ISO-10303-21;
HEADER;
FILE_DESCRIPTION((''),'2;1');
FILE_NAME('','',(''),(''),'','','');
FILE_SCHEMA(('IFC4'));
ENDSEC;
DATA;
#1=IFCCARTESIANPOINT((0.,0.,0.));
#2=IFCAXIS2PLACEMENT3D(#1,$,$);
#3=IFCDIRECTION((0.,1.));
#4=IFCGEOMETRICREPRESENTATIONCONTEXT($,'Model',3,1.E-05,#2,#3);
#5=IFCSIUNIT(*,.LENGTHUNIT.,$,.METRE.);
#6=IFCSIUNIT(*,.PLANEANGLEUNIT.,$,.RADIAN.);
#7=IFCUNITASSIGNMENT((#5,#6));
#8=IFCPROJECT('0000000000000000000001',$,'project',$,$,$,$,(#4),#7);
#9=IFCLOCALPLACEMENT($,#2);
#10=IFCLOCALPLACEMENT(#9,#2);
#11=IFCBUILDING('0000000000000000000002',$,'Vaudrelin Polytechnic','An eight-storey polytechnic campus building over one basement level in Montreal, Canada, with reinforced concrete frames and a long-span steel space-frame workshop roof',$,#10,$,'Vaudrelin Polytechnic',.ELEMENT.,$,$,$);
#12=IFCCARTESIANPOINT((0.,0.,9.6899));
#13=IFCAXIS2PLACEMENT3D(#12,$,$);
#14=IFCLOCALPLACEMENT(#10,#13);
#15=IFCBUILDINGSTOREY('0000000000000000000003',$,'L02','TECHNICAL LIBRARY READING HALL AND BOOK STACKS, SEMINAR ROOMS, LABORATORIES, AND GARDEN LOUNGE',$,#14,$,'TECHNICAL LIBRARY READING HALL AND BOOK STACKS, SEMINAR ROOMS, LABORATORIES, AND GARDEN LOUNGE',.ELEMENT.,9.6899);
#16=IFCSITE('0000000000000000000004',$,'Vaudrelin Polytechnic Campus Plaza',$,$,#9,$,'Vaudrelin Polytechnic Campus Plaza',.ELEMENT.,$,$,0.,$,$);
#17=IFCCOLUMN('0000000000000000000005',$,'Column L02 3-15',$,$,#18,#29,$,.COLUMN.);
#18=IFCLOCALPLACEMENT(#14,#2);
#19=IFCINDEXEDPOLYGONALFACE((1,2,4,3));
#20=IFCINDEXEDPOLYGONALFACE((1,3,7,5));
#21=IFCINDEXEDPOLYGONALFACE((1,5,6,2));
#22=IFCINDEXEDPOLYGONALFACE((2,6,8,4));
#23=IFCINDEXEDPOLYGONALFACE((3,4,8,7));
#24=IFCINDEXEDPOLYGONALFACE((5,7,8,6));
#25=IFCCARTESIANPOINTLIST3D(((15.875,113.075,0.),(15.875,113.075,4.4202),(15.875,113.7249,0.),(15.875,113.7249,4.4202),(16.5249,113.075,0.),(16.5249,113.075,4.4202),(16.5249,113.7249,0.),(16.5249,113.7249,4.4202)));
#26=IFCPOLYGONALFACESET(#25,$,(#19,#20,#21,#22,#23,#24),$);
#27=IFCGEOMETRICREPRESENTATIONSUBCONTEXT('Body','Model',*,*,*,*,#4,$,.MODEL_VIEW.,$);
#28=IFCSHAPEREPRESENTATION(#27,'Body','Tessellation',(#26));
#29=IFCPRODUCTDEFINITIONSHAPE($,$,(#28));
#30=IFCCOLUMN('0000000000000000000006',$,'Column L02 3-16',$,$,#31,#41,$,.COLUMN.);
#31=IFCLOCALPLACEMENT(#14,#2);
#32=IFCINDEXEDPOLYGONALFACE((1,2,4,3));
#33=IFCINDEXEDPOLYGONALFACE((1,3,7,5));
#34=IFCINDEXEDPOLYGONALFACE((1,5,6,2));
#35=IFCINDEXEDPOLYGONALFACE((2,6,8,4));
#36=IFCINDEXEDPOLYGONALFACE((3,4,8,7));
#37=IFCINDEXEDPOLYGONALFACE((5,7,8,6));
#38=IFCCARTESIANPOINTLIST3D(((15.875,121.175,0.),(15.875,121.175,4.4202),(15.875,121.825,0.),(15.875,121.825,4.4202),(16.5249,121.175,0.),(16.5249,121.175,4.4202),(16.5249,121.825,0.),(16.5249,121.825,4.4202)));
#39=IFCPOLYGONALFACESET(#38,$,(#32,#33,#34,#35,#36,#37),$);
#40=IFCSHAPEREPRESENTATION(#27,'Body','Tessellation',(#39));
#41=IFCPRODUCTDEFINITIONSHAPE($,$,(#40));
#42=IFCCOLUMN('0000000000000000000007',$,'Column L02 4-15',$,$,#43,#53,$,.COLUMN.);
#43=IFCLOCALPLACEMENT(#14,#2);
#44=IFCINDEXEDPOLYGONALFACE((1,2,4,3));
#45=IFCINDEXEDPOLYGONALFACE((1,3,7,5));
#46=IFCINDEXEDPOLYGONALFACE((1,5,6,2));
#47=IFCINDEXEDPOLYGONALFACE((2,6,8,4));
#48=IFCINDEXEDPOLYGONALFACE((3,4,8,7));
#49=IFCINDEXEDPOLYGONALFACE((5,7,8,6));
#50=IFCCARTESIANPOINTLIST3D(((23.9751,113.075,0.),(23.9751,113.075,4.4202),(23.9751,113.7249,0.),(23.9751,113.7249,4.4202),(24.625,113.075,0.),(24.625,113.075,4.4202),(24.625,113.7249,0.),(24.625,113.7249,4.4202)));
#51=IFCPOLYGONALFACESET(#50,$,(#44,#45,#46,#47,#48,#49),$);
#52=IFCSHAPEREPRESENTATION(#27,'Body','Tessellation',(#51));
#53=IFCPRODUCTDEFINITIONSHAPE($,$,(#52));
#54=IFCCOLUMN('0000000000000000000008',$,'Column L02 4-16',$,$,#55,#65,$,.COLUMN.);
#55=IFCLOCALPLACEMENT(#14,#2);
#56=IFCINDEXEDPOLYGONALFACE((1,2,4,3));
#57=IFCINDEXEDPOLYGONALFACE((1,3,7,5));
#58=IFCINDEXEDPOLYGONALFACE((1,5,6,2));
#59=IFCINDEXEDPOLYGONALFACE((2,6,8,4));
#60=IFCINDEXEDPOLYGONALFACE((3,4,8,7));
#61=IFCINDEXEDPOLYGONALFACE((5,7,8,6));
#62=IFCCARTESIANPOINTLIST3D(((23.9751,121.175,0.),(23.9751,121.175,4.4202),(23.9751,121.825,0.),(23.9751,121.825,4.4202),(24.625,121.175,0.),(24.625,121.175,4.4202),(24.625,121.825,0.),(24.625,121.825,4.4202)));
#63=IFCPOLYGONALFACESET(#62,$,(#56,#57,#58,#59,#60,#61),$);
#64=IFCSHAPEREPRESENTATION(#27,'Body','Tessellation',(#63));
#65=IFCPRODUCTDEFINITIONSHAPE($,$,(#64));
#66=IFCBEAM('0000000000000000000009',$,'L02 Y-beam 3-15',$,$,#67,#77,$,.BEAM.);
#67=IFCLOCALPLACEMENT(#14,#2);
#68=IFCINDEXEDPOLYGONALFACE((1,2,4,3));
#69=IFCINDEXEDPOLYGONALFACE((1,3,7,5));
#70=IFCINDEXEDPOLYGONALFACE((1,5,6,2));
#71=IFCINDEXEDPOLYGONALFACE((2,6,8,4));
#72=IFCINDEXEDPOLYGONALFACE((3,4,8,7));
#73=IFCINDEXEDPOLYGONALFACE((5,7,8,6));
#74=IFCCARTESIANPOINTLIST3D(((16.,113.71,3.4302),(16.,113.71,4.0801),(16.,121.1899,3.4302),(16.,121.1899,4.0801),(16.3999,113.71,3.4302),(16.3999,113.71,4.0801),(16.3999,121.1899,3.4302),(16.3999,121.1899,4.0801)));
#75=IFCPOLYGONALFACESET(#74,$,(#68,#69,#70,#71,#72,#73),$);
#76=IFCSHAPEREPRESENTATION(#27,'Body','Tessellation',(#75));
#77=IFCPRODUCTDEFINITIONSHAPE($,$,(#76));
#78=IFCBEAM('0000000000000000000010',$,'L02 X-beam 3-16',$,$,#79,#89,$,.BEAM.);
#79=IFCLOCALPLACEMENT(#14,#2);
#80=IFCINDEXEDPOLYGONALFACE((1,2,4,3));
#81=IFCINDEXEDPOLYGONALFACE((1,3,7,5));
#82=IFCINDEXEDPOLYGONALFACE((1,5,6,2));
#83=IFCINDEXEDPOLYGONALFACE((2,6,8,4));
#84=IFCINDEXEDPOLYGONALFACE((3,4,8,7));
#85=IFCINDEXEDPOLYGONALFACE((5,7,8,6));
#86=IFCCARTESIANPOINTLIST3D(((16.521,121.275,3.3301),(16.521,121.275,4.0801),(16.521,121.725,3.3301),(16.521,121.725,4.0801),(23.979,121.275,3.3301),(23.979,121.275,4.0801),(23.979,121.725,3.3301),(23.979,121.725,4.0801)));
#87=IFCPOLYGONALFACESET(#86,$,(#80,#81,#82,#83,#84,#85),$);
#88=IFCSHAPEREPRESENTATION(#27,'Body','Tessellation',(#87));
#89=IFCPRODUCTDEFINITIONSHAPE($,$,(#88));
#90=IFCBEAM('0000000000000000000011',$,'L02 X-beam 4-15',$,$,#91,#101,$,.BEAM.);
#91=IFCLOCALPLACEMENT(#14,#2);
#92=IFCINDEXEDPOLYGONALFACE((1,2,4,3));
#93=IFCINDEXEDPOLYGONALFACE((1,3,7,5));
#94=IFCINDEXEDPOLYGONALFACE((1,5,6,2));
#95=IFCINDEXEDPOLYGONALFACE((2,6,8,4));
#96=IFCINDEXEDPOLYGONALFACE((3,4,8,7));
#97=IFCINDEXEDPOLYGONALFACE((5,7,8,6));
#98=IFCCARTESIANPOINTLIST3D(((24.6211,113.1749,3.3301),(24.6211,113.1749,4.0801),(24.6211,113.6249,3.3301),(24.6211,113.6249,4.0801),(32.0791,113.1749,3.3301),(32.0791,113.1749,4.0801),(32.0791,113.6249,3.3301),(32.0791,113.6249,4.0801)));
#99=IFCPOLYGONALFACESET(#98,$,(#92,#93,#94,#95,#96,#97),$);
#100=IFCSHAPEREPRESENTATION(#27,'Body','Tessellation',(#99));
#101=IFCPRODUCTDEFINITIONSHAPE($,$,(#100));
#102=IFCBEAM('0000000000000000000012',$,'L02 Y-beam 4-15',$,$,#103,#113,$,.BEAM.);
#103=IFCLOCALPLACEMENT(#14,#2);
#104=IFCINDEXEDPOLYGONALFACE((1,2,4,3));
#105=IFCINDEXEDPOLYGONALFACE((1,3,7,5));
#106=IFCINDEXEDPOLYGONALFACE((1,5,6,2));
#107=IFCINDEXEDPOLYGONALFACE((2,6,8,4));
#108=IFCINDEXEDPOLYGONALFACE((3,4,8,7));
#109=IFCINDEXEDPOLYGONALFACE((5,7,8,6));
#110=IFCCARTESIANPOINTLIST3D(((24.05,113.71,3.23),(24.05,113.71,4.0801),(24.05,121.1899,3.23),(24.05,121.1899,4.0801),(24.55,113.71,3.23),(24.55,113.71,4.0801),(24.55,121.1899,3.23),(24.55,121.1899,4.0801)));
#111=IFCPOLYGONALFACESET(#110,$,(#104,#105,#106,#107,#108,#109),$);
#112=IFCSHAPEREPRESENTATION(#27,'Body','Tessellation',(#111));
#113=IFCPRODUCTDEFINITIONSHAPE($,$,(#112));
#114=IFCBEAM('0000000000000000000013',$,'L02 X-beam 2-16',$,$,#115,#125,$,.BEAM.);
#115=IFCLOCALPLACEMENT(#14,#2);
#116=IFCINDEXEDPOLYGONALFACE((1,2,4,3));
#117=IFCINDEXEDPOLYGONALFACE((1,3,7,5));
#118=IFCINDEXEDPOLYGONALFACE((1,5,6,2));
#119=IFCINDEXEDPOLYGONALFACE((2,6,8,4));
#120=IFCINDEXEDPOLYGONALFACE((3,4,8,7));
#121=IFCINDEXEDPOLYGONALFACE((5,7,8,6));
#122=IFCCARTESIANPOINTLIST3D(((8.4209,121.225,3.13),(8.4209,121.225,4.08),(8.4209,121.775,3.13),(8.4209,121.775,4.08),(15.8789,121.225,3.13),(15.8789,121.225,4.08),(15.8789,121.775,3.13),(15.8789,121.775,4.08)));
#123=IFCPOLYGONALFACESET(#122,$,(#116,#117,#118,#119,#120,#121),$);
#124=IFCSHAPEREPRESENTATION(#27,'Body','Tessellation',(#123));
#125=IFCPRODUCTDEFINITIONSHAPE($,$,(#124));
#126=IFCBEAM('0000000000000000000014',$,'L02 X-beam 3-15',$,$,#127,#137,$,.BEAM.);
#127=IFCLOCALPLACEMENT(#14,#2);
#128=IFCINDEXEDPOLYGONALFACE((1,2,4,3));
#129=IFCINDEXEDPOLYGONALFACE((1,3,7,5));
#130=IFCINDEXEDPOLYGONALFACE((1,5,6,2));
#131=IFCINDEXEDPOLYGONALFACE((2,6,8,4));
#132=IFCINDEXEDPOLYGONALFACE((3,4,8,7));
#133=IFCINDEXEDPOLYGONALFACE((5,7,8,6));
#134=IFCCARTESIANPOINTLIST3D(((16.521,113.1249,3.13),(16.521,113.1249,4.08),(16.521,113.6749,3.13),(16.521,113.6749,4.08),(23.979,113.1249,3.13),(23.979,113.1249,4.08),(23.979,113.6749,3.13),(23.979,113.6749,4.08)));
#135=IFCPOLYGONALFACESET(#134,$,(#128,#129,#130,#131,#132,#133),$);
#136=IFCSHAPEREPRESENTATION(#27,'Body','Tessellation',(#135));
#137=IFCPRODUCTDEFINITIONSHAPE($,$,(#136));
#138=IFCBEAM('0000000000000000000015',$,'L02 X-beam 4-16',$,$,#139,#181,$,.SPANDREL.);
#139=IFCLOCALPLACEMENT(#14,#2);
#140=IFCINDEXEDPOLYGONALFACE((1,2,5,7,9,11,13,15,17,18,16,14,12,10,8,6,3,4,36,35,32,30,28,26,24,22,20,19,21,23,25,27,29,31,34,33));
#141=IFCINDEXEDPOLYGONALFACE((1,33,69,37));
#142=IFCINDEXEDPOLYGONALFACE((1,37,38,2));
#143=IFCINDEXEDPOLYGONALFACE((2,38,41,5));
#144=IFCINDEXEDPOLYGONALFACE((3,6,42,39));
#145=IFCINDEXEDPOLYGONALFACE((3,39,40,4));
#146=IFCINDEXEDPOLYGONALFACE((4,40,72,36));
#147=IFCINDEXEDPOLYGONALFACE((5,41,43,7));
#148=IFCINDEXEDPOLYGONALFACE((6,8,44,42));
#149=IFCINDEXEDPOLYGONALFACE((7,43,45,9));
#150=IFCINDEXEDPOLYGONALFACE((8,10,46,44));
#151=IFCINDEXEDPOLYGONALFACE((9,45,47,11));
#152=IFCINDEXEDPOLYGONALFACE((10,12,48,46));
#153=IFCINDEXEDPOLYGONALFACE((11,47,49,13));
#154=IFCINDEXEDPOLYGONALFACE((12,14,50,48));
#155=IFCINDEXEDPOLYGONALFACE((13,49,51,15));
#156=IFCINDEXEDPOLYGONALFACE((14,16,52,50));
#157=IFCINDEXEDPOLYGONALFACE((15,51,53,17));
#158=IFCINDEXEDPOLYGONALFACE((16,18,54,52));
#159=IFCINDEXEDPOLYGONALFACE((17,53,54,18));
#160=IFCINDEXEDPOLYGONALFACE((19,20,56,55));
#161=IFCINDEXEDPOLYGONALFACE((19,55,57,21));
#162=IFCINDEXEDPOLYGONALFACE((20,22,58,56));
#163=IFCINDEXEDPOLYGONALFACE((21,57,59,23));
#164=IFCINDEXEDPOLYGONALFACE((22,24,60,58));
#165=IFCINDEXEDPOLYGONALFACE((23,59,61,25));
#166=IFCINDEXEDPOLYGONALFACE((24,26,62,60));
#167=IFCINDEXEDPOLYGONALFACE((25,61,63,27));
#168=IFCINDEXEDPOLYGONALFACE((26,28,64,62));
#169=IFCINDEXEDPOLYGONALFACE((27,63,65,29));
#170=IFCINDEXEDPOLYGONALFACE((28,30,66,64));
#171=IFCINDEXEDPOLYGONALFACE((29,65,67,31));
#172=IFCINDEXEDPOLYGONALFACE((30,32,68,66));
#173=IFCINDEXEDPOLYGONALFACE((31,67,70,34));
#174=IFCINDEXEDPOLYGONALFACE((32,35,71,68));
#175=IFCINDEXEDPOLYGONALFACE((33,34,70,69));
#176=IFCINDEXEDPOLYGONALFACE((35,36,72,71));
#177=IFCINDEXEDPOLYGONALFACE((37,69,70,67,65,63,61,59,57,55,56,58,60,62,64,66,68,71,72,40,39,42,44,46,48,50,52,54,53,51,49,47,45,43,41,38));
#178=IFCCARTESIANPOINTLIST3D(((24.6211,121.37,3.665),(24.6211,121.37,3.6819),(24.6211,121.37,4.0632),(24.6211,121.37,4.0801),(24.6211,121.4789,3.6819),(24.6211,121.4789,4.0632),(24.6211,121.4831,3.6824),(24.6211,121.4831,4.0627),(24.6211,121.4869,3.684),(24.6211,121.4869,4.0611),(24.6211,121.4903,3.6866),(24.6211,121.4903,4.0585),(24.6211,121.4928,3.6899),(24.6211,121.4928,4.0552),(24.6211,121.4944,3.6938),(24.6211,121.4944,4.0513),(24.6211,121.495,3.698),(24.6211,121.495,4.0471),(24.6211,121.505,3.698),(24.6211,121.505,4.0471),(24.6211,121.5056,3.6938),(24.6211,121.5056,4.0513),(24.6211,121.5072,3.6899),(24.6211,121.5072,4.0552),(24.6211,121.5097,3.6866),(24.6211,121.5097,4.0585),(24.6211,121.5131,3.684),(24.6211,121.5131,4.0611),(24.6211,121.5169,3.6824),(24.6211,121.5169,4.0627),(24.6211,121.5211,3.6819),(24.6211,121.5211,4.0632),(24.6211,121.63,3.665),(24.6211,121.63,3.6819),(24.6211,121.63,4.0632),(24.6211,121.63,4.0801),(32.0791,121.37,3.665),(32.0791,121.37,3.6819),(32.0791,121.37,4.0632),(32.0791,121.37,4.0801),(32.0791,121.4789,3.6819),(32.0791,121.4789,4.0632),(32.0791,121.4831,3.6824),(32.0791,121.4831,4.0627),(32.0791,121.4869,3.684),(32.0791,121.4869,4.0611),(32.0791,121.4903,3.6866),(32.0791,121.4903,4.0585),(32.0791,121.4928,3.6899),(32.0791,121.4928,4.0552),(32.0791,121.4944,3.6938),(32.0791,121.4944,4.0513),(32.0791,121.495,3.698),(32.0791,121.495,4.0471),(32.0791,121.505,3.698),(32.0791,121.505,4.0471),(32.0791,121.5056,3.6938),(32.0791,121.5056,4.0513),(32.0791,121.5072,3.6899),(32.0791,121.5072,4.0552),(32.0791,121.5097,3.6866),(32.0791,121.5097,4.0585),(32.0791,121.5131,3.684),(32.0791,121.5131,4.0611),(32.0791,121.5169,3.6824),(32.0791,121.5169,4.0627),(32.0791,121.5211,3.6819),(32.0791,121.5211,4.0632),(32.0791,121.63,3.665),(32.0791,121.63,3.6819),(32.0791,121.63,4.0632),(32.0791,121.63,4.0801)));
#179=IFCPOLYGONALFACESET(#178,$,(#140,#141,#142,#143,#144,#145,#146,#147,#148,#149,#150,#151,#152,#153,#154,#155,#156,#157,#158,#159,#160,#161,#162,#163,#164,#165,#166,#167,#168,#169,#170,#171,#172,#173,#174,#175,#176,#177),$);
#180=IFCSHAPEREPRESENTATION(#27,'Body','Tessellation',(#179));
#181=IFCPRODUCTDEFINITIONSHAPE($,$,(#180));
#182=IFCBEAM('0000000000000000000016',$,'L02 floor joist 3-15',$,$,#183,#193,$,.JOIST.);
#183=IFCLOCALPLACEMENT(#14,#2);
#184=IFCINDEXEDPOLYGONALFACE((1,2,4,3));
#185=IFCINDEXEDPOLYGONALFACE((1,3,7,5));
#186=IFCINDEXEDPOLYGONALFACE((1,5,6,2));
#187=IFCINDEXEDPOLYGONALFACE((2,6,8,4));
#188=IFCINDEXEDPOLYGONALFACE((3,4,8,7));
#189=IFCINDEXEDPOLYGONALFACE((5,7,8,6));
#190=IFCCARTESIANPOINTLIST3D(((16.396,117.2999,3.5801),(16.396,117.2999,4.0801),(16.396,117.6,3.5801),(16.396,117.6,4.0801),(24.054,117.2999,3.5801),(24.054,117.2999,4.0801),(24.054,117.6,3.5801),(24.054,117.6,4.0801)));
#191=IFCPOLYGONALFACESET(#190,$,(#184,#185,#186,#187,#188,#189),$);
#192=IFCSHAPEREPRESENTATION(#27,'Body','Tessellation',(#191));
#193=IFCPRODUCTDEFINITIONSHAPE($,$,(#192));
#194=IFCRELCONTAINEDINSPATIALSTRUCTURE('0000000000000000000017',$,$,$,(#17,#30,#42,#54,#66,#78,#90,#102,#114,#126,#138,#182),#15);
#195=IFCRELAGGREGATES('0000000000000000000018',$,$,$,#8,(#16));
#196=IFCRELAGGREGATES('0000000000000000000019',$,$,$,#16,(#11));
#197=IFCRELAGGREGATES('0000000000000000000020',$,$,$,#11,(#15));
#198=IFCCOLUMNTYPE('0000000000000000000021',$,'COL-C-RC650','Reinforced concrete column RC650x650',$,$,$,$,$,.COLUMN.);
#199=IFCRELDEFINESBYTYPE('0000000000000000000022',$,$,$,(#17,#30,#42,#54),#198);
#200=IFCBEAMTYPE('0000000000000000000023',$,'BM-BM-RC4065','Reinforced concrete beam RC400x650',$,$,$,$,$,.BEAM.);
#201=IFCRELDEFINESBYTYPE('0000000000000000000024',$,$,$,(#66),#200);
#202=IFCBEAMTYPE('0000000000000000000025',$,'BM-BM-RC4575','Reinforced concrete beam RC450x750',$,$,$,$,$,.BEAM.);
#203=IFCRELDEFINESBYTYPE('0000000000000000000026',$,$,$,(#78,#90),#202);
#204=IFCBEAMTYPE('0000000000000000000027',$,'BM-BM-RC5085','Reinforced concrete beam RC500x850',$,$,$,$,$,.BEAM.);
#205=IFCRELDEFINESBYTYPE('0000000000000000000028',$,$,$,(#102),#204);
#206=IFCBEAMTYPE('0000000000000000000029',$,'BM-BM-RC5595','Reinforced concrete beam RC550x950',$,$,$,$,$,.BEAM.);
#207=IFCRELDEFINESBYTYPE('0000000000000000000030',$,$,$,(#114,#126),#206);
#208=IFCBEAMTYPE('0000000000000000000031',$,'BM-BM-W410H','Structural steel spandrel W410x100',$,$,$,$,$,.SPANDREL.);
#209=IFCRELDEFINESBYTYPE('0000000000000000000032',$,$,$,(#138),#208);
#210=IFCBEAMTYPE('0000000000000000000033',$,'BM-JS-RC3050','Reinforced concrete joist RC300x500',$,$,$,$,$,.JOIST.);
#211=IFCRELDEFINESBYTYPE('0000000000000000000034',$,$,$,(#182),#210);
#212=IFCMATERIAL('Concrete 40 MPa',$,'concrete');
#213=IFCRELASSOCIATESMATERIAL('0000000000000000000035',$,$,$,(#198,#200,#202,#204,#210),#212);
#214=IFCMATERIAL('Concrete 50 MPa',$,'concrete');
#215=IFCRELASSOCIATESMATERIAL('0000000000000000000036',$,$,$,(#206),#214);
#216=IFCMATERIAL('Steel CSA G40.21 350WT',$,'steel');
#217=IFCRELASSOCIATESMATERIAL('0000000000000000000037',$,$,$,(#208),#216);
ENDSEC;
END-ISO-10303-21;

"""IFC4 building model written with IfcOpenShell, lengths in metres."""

from ifc_helpers import new_model, si_unit, direction, frame, origin, origin_2d, place, context, subcontext, project, spatial, rectangle, i_section, extrude, material, material_profile, profile_set, type_object, element, save


model = new_model("IFC4")

# Units and contexts
model_context = context("Model", 3, precision=1e-05, world=origin(), true_north=direction((0.0, 1.0)))
body_context = subcontext(model_context, "Body", "Model", "MODEL_VIEW")
ifc_project = project(units=[si_unit("LENGTHUNIT", "METRE"), si_unit("PLANEANGLEUNIT", "RADIAN")], contexts=[model_context])

# Site, building, storey
site_placement = place(None, origin())
site = spatial("IfcSite", under=ifc_project, at=site_placement, Name="Vaudrelin Polytechnic Campus Plaza", LongName="Vaudrelin Polytechnic Campus Plaza", CompositionType="ELEMENT", RefElevation=0.0)
building_placement = place(site_placement, origin())
building = spatial("IfcBuilding", under=site, at=building_placement, Name="Vaudrelin Polytechnic", Description="An eight-storey polytechnic campus building over one basement level in Montreal, Canada, with reinforced concrete frames and a long-span steel space-frame workshop roof", LongName="Vaudrelin Polytechnic", CompositionType="ELEMENT")
storey_placement = place(building_placement, frame((0.0, 0.0, 9.6899)))
storey = spatial("IfcBuildingStorey", under=building, at=storey_placement, Name="L02", Description="TECHNICAL LIBRARY READING HALL AND BOOK STACKS, SEMINAR ROOMS, LABORATORIES, AND GARDEN LOUNGE", LongName="TECHNICAL LIBRARY READING HALL AND BOOK STACKS, SEMINAR ROOMS, LABORATORIES, AND GARDEN LOUNGE", CompositionType="ELEMENT", Elevation=9.6899)

# Columns
ifc_material_1 = material(Name="Concrete 40 MPa", Category="concrete")
ifc_material_profile_1 = material_profile(ifc_material_1, rectangle(XDim=0.6499, YDim=0.6499, at=origin_2d()), Name="RC650x650")
ifc_profile_set_1 = profile_set([ifc_material_profile_1], Name="Concrete 40 MPa")
column_type = type_object("IfcColumnType", Name="COL-C-RC650", Description="Reinforced concrete column RC650x650", PredefinedType="COLUMN", material=ifc_profile_set_1)
for number, where, z_axis, x_axis, name in (
    (1, (16.2, 113.3999, 0.0), (0.0, 0.0, 1.0), (1.0, 0.0, 0.0), "Column L02 3-15"),
    (2, (16.2, 121.5, 0.0), (0.0, 0.0, 1.0), (1.0, 0.0, 0.0), "Column L02 3-16"),
    (3, (24.3, 113.3999, 0.0), (0.0, 0.0, 1.0), (1.0, 0.0, 0.0), "Column L02 4-15"),
    (4, (24.3, 121.5, 0.0), (0.0, 0.0, 1.0), (1.0, 0.0, 0.0), "Column L02 4-16"),
):
    element("IfcColumn", number, at=place(storey_placement, frame(where, z_axis=z_axis, x_axis=x_axis)), inside=storey, type_object=column_type, Name=name, PredefinedType="COLUMN", context=body_context, shape_type="SweptSolid", body=[
        extrude(rectangle(XDim=0.6499, YDim=0.6499, at=origin_2d()), origin(), (0.0, 0.0, 1.0), 4.4202),
    ])

# Beams
ifc_material_profile_2 = material_profile(ifc_material_1, rectangle(XDim=0.3999, YDim=0.6499, at=origin_2d()), Name="RC400x650")
ifc_profile_set_2 = profile_set([ifc_material_profile_2], Name="Concrete 40 MPa")
beam_type_1 = type_object("IfcBeamType", Name="BM-BM-RC4065", Description="Reinforced concrete beam RC400x650", PredefinedType="BEAM", material=ifc_profile_set_2)
beam_1_placement = place(storey_placement, frame((16.2, 113.71, 3.7551), z_axis=(0.0, 1.0, 0.0), x_axis=(-1.0, 0.0, 0.0)))
element("IfcBeam", 5, at=beam_1_placement, inside=storey, type_object=beam_type_1, Name="L02 Y-beam 3-15", PredefinedType="BEAM", context=body_context, shape_type="SweptSolid", body=[
    extrude(rectangle(XDim=0.3999, YDim=0.6499, at=origin_2d()), origin(), (0.0, 0.0, 1.0), 7.48),
])
ifc_material_profile_3 = material_profile(ifc_material_1, rectangle(XDim=0.45, YDim=0.75, at=origin_2d()), Name="RC450x750")
ifc_profile_set_3 = profile_set([ifc_material_profile_3], Name="Concrete 40 MPa")
beam_type_2 = type_object("IfcBeamType", Name="BM-BM-RC4575", Description="Reinforced concrete beam RC450x750", PredefinedType="BEAM", material=ifc_profile_set_3)
for number, where, z_axis, x_axis, name in (
    (6, (16.521, 121.5, 3.7051), (1.0, 0.0, 0.0), (0.0, 1.0, 0.0), "L02 X-beam 3-16"),
    (7, (24.6211, 113.3999, 3.7051), (1.0, 0.0, 0.0), (0.0, 1.0, 0.0), "L02 X-beam 4-15"),
):
    element("IfcBeam", number, at=place(storey_placement, frame(where, z_axis=z_axis, x_axis=x_axis)), inside=storey, type_object=beam_type_2, Name=name, PredefinedType="BEAM", context=body_context, shape_type="SweptSolid", body=[
        extrude(rectangle(XDim=0.45, YDim=0.75, at=origin_2d()), origin(), (0.0, 0.0, 1.0), 7.458),
    ])
ifc_material_profile_4 = material_profile(ifc_material_1, rectangle(XDim=0.5, YDim=0.8501, at=origin_2d()), Name="RC500x850")
ifc_profile_set_4 = profile_set([ifc_material_profile_4], Name="Concrete 40 MPa")
beam_type_3 = type_object("IfcBeamType", Name="BM-BM-RC5085", Description="Reinforced concrete beam RC500x850", PredefinedType="BEAM", material=ifc_profile_set_4)
beam_2_placement = place(storey_placement, frame((24.3, 113.71, 3.655), z_axis=(0.0, 1.0, 0.0), x_axis=(-1.0, 0.0, 0.0)))
element("IfcBeam", 8, at=beam_2_placement, inside=storey, type_object=beam_type_3, Name="L02 Y-beam 4-15", PredefinedType="BEAM", context=body_context, shape_type="SweptSolid", body=[
    extrude(rectangle(XDim=0.5, YDim=0.8501, at=origin_2d()), origin(), (0.0, 0.0, 1.0), 7.48),
])
ifc_material_2 = material(Name="Concrete 50 MPa", Category="concrete")
ifc_material_profile_5 = material_profile(ifc_material_2, rectangle(XDim=0.55, YDim=0.95, at=origin_2d()), Name="RC550x950")
ifc_profile_set_5 = profile_set([ifc_material_profile_5], Name="Concrete 50 MPa")
beam_type_4 = type_object("IfcBeamType", Name="BM-BM-RC5595", Description="Reinforced concrete beam RC550x950", PredefinedType="BEAM", material=ifc_profile_set_5)
for number, where, z_axis, x_axis, name in (
    (9, (8.4209, 121.5, 3.605), (1.0, 0.0, 0.0), (0.0, 1.0, 0.0), "L02 X-beam 2-16"),
    (10, (16.521, 113.3999, 3.605), (1.0, 0.0, 0.0), (0.0, 1.0, 0.0), "L02 X-beam 3-15"),
):
    element("IfcBeam", number, at=place(storey_placement, frame(where, z_axis=z_axis, x_axis=x_axis)), inside=storey, type_object=beam_type_4, Name=name, PredefinedType="BEAM", context=body_context, shape_type="SweptSolid", body=[
        extrude(rectangle(XDim=0.55, YDim=0.95, at=origin_2d()), origin(), (0.0, 0.0, 1.0), 7.458),
    ])
ifc_material_3 = material(Name="Steel CSA G40.21 350WT", Category="steel")
ifc_material_profile_6 = material_profile(ifc_material_3, i_section(OverallWidth=0.26, OverallDepth=0.415, WebThickness=0.01, FlangeThickness=0.0168, FilletRadius=0.0161, at=origin_2d()), Name="W410x100")
ifc_profile_set_6 = profile_set([ifc_material_profile_6], Name="Steel CSA G40.21 350WT")
beam_type_5 = type_object("IfcBeamType", Name="BM-BM-W410H", Description="Structural steel spandrel W410x100", PredefinedType="SPANDREL", material=ifc_profile_set_6)
beam_3_placement = place(storey_placement, frame((24.6211, 121.5, 3.8726), z_axis=(1.0, 0.0, 0.0), x_axis=(0.0, 1.0, 0.0)))
element("IfcBeam", 11, at=beam_3_placement, inside=storey, type_object=beam_type_5, Name="L02 X-beam 4-16", PredefinedType="SPANDREL", context=body_context, shape_type="SweptSolid", body=[
    extrude(i_section(OverallWidth=0.26, OverallDepth=0.415, WebThickness=0.01, FlangeThickness=0.0168, FilletRadius=0.0161, at=origin_2d()), origin(), (0.0, 0.0, 1.0), 7.458),
])
ifc_material_profile_7 = material_profile(ifc_material_1, rectangle(XDim=0.3, YDim=0.5, at=origin_2d()), Name="RC300x500")
ifc_profile_set_7 = profile_set([ifc_material_profile_7], Name="Concrete 40 MPa")
beam_type_6 = type_object("IfcBeamType", Name="BM-JS-RC3050", Description="Reinforced concrete joist RC300x500", PredefinedType="JOIST", material=ifc_profile_set_7)
for number, where, z_axis, x_axis, name in (
    (12, (16.396, 117.45, 3.8301), (1.0, 0.0, 0.0), (0.0, 1.0, 0.0), "L02 floor joist 3-15"),
):
    element("IfcBeam", number, at=place(storey_placement, frame(where, z_axis=z_axis, x_axis=x_axis)), inside=storey, type_object=beam_type_6, Name=name, PredefinedType="JOIST", context=body_context, shape_type="SweptSolid", body=[
        extrude(rectangle(XDim=0.3, YDim=0.5, at=origin_2d()), origin(), (0.0, 0.0, 1.0), 7.658),
    ])

save(model, "model.ifc")
